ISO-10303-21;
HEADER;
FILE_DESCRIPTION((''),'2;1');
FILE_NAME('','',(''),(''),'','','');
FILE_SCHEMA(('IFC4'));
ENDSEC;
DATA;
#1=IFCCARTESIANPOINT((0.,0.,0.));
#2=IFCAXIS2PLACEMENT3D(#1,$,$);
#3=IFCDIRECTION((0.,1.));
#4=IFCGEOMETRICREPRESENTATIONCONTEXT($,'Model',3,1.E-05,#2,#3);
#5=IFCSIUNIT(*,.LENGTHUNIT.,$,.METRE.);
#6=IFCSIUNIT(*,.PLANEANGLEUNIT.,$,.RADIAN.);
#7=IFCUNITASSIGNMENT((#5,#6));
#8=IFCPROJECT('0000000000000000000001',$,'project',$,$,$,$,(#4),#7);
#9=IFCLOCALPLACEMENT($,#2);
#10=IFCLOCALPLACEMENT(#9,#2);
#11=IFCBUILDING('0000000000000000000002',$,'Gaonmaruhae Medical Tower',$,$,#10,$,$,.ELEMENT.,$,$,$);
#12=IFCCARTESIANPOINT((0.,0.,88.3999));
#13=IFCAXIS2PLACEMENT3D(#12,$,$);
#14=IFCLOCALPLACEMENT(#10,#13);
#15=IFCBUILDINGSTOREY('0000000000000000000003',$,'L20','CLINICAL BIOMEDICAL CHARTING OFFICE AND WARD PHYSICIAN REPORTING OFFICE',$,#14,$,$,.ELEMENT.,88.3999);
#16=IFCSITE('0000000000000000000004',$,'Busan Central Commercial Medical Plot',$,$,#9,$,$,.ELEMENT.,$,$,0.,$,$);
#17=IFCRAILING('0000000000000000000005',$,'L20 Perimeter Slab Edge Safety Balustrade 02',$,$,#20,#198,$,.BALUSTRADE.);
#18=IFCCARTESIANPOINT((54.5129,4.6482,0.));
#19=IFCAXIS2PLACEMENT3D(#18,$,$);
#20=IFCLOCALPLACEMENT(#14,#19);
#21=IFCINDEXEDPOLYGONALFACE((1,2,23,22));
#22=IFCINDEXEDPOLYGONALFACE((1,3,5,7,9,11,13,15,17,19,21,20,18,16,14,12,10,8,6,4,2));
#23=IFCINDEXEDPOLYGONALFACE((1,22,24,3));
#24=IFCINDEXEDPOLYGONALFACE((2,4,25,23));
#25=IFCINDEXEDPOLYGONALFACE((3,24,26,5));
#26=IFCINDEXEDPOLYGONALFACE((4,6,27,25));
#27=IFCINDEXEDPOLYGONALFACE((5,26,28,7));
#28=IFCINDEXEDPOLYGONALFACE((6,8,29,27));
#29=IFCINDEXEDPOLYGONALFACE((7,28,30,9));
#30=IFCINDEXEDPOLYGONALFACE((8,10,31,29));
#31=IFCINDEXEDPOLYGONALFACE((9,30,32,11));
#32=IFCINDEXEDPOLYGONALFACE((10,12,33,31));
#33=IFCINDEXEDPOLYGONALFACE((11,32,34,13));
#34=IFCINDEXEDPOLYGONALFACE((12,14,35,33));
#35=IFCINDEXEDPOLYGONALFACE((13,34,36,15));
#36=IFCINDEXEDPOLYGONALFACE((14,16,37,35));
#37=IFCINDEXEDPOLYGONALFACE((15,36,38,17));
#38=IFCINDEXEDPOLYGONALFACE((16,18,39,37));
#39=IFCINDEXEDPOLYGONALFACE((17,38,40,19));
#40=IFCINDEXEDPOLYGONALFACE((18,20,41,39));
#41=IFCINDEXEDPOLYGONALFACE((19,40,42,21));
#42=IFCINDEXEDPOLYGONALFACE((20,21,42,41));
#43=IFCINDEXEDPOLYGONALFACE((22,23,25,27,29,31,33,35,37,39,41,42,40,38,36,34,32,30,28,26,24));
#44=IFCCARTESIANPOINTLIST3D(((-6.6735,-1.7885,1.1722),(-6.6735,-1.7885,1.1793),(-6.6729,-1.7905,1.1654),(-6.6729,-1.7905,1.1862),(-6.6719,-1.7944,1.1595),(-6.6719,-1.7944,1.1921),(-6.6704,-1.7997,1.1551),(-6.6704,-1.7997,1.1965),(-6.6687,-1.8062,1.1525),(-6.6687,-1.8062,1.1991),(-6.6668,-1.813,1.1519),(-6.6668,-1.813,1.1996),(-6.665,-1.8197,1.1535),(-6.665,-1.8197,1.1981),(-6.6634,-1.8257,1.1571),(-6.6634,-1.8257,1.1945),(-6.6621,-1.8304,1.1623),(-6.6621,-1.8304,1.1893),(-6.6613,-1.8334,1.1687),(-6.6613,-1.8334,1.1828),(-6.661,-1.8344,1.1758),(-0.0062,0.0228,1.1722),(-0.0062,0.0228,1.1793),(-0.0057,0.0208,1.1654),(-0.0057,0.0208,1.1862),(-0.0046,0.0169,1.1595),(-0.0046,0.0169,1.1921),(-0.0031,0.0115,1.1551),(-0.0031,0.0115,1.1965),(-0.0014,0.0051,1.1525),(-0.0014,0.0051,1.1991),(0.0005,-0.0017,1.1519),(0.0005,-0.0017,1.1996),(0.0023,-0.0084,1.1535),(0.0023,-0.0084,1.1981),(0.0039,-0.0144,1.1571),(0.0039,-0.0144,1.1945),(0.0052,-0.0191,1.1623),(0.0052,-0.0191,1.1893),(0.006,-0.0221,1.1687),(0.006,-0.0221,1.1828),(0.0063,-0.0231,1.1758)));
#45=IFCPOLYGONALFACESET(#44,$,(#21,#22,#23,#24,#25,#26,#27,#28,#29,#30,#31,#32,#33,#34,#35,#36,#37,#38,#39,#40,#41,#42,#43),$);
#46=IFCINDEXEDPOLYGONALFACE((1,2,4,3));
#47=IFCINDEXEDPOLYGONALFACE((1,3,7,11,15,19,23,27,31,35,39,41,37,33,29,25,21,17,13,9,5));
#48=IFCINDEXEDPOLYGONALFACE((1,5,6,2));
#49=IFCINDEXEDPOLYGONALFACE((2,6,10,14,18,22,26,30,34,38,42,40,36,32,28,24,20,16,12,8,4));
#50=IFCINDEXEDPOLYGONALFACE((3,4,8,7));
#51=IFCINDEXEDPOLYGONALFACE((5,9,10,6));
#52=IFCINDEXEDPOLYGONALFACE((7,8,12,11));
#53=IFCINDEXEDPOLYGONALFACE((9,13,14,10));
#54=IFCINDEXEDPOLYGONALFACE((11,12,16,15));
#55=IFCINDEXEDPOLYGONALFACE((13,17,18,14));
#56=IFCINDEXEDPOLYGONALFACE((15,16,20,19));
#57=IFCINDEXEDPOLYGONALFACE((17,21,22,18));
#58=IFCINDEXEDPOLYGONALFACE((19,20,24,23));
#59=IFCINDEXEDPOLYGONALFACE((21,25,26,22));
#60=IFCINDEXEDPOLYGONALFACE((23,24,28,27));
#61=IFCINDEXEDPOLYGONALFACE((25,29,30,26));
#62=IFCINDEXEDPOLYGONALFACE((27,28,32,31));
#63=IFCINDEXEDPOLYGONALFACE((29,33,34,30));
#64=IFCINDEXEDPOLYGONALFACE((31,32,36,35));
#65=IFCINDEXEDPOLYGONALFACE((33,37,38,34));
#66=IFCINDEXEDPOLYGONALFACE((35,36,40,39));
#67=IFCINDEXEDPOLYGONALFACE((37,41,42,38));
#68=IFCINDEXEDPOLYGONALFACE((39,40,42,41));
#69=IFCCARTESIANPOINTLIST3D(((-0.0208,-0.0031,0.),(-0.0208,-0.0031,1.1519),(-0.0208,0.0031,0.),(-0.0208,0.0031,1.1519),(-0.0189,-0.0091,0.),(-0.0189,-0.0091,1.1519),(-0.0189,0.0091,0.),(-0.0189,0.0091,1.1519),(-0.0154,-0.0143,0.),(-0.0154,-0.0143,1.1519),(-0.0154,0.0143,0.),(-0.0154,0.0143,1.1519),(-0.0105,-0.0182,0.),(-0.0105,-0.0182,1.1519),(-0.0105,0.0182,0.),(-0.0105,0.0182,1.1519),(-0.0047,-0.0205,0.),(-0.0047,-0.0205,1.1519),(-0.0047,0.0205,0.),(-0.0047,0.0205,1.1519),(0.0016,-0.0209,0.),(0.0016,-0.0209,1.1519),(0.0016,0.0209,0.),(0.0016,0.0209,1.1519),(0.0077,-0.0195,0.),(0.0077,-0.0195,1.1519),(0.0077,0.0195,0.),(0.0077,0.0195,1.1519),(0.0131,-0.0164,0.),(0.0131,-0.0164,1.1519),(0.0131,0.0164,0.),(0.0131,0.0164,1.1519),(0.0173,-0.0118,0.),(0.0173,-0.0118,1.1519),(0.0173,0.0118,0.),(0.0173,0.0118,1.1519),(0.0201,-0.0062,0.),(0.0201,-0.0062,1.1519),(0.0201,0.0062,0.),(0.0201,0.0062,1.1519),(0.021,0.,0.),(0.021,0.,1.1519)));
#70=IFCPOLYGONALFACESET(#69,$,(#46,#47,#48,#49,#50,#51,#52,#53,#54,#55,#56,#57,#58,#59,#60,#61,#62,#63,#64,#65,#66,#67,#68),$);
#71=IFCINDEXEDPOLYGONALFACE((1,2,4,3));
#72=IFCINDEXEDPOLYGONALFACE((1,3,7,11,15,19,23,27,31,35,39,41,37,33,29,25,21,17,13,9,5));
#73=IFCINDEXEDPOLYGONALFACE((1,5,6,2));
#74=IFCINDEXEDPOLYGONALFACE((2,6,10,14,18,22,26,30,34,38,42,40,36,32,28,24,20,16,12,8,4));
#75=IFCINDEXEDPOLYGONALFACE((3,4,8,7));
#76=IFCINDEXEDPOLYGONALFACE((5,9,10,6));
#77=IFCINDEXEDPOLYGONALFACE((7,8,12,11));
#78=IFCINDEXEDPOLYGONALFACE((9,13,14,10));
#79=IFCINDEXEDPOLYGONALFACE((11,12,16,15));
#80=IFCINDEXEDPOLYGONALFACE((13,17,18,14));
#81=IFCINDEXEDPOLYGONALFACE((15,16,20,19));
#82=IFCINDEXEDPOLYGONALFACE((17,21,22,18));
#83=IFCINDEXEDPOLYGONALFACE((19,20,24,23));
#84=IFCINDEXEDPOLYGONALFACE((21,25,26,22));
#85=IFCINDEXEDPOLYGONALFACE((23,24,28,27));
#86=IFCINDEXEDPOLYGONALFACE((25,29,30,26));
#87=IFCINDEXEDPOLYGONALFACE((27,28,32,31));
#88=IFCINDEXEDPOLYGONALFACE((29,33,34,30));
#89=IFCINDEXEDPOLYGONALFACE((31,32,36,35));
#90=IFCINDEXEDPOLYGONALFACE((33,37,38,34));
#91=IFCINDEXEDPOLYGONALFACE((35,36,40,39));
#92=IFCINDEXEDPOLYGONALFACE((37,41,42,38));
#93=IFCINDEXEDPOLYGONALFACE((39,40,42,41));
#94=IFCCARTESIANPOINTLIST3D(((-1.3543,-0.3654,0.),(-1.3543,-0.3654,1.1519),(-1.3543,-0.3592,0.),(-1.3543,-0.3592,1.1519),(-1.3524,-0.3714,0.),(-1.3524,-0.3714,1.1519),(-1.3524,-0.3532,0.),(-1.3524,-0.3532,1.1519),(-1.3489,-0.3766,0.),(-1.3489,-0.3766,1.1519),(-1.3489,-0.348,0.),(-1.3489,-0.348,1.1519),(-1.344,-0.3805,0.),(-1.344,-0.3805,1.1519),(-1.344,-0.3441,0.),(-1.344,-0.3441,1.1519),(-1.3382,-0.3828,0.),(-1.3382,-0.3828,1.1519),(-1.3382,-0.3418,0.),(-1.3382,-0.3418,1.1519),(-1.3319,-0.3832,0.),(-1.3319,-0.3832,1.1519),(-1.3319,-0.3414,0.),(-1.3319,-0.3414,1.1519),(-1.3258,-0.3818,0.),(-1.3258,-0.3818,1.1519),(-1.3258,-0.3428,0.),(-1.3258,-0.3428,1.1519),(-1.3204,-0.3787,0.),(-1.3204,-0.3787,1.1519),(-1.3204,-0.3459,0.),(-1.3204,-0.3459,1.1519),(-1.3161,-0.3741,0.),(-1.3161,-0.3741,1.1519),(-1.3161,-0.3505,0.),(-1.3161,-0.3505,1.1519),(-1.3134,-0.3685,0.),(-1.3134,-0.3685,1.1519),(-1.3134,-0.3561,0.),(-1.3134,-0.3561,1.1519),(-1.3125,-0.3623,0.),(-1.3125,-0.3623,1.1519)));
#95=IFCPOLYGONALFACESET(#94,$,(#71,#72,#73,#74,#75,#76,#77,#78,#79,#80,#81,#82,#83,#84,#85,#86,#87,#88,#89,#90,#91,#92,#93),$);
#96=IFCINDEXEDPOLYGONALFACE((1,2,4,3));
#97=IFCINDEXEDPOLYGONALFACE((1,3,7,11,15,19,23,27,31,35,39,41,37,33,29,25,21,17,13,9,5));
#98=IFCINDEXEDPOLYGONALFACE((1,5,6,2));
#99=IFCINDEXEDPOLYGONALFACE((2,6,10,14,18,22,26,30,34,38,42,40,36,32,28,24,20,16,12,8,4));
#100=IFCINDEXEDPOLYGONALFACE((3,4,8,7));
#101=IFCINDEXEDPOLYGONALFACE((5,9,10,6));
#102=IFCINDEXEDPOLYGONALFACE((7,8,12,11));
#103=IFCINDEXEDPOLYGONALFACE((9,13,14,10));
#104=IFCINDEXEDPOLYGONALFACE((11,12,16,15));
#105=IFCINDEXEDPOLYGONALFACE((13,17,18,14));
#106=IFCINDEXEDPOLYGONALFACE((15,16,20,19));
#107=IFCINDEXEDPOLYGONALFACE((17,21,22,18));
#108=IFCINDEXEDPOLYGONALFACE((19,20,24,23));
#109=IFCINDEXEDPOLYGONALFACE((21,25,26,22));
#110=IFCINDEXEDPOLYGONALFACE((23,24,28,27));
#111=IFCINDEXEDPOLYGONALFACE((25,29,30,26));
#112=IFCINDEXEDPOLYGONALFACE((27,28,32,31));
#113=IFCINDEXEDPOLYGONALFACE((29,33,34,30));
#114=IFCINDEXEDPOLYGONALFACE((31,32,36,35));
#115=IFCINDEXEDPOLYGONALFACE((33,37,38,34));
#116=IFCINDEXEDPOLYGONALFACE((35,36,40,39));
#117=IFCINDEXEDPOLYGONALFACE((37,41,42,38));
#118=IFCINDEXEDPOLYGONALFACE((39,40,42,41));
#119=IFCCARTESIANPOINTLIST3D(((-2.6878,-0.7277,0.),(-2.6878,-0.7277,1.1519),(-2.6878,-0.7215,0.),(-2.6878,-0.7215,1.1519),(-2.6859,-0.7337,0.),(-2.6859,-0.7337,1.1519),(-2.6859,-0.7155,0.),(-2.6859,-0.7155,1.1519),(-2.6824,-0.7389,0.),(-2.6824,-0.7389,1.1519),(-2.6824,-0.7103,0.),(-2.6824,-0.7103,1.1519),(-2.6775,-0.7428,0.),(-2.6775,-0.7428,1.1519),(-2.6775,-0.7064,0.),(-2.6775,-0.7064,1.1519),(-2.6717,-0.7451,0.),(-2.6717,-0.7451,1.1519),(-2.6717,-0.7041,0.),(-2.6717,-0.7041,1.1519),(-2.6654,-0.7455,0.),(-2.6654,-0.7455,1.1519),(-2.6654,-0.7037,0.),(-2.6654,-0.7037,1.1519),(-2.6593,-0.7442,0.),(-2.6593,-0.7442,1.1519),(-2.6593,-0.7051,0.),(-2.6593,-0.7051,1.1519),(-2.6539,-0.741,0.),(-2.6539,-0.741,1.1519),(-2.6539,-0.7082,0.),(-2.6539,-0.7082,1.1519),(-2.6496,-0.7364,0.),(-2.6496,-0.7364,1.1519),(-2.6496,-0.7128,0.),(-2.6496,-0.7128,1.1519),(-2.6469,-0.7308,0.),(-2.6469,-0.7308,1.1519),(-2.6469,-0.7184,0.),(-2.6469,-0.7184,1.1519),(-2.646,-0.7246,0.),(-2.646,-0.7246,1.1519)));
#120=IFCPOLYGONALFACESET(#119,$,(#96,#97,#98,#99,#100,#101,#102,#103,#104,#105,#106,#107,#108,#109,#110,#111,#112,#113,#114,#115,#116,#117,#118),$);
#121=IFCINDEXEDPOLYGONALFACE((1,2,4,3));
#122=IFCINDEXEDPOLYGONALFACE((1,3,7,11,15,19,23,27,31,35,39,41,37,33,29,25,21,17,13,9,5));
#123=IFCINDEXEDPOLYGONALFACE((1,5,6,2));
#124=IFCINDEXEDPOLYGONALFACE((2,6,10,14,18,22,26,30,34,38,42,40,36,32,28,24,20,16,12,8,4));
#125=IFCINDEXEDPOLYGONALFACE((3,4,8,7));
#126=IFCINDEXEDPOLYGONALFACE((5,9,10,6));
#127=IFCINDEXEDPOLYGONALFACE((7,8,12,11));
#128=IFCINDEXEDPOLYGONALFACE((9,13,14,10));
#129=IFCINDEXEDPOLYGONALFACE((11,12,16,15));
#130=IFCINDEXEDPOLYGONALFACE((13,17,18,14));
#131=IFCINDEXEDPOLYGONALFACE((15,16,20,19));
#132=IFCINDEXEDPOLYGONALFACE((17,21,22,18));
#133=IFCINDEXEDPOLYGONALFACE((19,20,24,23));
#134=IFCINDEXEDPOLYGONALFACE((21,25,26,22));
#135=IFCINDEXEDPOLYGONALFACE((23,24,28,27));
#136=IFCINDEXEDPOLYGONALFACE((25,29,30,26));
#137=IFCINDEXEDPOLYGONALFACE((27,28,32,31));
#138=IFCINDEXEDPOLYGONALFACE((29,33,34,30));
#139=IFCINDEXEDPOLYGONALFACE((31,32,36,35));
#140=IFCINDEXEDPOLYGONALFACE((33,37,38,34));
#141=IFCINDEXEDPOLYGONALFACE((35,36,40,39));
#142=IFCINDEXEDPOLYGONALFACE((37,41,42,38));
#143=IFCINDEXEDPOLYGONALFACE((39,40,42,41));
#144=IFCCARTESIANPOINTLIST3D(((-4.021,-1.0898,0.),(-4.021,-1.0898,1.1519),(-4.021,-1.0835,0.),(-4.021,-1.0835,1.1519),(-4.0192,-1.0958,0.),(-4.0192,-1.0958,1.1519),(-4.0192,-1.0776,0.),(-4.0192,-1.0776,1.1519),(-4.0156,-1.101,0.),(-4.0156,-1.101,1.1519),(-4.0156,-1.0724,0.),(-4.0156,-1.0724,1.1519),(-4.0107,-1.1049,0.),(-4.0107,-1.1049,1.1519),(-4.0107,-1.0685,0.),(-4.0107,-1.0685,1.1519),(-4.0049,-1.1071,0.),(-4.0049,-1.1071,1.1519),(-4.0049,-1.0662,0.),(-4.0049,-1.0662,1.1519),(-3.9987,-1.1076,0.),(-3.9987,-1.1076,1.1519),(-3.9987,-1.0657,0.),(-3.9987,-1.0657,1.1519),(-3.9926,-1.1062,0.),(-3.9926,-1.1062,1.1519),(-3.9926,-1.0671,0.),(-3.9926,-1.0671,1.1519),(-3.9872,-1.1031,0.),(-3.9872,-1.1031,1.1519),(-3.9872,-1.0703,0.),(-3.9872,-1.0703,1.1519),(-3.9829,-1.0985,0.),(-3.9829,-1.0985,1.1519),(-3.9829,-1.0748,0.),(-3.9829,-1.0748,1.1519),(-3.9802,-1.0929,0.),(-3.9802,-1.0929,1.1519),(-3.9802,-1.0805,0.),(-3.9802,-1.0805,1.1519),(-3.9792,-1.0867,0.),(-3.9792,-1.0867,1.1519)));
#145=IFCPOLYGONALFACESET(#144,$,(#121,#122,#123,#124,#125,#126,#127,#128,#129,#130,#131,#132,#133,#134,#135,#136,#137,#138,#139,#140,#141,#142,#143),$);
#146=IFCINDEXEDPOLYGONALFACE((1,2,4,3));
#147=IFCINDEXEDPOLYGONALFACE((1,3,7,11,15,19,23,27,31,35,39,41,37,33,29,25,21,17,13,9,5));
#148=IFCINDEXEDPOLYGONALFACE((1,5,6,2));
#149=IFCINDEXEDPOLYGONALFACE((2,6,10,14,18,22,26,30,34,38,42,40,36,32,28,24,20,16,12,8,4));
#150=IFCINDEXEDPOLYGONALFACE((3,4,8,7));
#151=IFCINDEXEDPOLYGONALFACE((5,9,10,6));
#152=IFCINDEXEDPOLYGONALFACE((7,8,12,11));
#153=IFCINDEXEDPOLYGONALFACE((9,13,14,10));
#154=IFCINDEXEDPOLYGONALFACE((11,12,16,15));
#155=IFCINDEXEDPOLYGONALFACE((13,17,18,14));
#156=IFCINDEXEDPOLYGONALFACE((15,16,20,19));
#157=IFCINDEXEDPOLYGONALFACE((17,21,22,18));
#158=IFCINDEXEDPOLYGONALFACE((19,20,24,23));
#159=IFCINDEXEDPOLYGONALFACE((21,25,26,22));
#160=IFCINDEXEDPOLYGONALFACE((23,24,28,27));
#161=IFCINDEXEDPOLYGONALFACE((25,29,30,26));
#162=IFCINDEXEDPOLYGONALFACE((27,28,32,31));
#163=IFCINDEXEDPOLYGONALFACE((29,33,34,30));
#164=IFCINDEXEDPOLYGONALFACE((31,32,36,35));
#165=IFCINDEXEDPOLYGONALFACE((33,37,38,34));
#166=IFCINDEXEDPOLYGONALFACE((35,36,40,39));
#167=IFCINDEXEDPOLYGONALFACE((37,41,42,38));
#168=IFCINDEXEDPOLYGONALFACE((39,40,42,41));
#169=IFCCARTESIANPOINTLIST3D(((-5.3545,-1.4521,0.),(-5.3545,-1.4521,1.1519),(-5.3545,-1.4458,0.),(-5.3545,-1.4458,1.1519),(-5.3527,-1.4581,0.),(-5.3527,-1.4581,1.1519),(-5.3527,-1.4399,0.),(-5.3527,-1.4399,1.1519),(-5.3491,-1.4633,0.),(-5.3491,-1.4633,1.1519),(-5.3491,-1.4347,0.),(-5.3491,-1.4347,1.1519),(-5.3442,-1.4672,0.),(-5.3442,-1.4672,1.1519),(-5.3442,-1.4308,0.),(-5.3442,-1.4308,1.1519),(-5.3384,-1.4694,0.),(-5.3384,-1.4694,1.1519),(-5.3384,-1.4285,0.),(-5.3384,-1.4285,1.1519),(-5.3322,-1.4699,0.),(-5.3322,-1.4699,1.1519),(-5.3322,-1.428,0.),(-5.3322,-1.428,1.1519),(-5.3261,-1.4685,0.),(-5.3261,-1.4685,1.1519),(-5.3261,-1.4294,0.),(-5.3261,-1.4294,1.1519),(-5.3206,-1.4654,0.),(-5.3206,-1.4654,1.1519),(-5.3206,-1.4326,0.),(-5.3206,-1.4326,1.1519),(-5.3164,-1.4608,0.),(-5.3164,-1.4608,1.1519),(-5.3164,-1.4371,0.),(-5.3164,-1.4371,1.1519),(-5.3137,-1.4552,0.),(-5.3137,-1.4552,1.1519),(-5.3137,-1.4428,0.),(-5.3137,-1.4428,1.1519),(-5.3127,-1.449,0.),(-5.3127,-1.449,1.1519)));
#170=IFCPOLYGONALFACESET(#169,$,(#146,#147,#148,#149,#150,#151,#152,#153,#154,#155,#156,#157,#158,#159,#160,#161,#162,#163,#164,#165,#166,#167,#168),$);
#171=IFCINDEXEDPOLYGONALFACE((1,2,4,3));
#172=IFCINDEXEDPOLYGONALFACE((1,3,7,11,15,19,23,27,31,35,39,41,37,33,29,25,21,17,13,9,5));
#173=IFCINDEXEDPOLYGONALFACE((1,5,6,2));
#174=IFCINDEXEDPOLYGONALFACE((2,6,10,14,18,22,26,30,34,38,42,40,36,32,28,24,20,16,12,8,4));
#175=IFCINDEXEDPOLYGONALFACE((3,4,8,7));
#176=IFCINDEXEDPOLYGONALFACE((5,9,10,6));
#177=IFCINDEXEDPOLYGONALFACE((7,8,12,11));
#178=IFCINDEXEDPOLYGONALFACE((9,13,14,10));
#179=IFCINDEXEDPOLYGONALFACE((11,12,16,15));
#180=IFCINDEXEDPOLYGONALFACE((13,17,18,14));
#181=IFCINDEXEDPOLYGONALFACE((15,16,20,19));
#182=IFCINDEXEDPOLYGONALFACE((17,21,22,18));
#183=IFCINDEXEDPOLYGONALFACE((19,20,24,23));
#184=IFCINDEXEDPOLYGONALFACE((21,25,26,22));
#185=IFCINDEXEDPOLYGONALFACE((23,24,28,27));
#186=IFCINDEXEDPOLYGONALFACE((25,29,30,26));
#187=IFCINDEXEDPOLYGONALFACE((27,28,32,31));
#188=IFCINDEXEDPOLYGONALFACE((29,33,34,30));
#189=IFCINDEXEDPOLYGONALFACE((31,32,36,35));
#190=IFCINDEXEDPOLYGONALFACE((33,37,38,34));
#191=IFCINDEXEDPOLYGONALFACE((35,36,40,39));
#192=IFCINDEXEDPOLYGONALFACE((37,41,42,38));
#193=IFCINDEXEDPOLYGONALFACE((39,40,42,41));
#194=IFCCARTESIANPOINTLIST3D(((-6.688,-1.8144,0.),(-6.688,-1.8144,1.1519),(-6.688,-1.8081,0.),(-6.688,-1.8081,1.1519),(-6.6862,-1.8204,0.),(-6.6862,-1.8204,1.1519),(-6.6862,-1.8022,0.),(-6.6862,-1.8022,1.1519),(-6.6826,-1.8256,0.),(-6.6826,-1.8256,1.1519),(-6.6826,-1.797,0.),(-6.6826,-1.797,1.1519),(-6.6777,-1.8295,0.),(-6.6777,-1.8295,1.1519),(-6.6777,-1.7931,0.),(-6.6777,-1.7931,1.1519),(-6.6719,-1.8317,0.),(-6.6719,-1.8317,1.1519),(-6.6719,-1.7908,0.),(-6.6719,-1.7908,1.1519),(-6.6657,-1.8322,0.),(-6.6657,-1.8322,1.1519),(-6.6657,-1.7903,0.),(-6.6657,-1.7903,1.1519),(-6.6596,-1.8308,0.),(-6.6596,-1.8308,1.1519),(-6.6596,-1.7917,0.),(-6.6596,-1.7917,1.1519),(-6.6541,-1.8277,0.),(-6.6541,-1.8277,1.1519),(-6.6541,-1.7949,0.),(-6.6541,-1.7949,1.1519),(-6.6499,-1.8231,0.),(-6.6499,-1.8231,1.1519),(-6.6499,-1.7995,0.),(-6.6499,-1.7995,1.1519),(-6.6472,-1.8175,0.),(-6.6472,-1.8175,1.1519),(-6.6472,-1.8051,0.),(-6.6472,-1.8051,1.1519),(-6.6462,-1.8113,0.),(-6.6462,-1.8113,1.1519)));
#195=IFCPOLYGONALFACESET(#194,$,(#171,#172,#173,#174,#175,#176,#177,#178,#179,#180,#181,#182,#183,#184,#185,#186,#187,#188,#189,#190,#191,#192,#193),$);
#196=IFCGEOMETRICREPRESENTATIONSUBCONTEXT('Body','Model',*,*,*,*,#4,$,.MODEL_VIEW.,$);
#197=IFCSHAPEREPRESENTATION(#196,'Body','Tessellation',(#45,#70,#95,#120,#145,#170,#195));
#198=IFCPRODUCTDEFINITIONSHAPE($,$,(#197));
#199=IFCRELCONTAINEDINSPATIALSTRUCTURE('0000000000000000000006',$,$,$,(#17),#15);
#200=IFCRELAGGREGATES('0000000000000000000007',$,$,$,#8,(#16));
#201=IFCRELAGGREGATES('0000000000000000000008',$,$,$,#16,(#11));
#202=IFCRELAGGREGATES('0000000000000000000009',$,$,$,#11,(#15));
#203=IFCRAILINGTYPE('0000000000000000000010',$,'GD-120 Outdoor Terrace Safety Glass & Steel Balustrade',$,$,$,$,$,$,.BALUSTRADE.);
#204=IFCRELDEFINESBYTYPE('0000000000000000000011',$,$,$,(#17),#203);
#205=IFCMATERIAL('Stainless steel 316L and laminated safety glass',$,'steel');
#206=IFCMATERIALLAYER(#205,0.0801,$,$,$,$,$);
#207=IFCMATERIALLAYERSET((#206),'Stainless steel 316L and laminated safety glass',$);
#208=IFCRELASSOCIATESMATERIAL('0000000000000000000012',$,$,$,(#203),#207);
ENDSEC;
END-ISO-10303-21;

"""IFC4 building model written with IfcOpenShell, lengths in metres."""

from ifc_helpers import new_model, si_unit, direction, frame, origin, origin_2d, place, context, subcontext, project, spatial, circle, extrude, material, layer, layer_set, type_object, element, save


model = new_model("IFC4")

# Units and contexts
model_context = context("Model", 3, precision=1e-05, world=origin(), true_north=direction((0.0, 1.0)))
body_context = subcontext(model_context, "Body", "Model", "MODEL_VIEW")
ifc_project = project(units=[si_unit("LENGTHUNIT", "METRE"), si_unit("PLANEANGLEUNIT", "RADIAN")], contexts=[model_context])

# Site, building, storey
site_placement = place(None, origin())
site = spatial("IfcSite", under=ifc_project, at=site_placement, Name="Busan Central Commercial Medical Plot", CompositionType="ELEMENT", RefElevation=0.0)
building_placement = place(site_placement, origin())
building = spatial("IfcBuilding", under=site, at=building_placement, Name="Gaonmaruhae Medical Tower", CompositionType="ELEMENT")
storey_placement = place(building_placement, frame((0.0, 0.0, 88.3999)))
storey = spatial("IfcBuildingStorey", under=building, at=storey_placement, Name="L20", Description="CLINICAL BIOMEDICAL CHARTING OFFICE AND WARD PHYSICIAN REPORTING OFFICE", CompositionType="ELEMENT", Elevation=88.3999)

# Railing
ifc_material_1 = material(Name="Stainless steel 316L and laminated safety glass", Category="steel")
ifc_layer_1 = layer(ifc_material_1, 0.0801)
ifc_layer_set_1 = layer_set([ifc_layer_1], Name="Stainless steel 316L and laminated safety glass")
railing_type_1 = type_object("IfcRailingType", Name="GD-120 Outdoor Terrace Safety Glass & Steel Balustrade", PredefinedType="BALUSTRADE", material=ifc_layer_set_1)
railing_1_placement = place(storey_placement, frame((54.5129, 4.6482, 0.0)))
element("IfcRailing", 1, at=railing_1_placement, inside=storey, type_object=railing_type_1, Name="L20 Perimeter Slab Edge Safety Balustrade 02", PredefinedType="BALUSTRADE", context=body_context, shape_type="SweptSolid", body=[
    extrude(circle(Radius=0.0239, at=origin_2d()), frame((0.0, 0.0, 1.1758), z_axis=(-0.965023, -0.262166, 0.0), x_axis=(0.262166, -0.965023, 0.0)), (0.0, 0.0, 1.0), 6.9089),
    extrude(circle(Radius=0.021, at=origin_2d()), origin(), (0.0, 0.0, 1.0), 1.1519),
    extrude(circle(Radius=0.021, at=origin_2d()), frame((-1.3335, -0.3623, 0.0)), (0.0, 0.0, 1.0), 1.1519),
    extrude(circle(Radius=0.021, at=origin_2d()), frame((-2.667, -0.7246, 0.0)), (0.0, 0.0, 1.0), 1.1519),
    extrude(circle(Radius=0.021, at=origin_2d()), frame((-4.0002, -1.0867, 0.0)), (0.0, 0.0, 1.0), 1.1519),
    extrude(circle(Radius=0.021, at=origin_2d()), frame((-5.3337, -1.449, 0.0)), (0.0, 0.0, 1.0), 1.1519),
    extrude(circle(Radius=0.021, at=origin_2d()), frame((-6.6672, -1.8113, 0.0)), (0.0, 0.0, 1.0), 1.1519),
])

save(model, "model.ifc")
